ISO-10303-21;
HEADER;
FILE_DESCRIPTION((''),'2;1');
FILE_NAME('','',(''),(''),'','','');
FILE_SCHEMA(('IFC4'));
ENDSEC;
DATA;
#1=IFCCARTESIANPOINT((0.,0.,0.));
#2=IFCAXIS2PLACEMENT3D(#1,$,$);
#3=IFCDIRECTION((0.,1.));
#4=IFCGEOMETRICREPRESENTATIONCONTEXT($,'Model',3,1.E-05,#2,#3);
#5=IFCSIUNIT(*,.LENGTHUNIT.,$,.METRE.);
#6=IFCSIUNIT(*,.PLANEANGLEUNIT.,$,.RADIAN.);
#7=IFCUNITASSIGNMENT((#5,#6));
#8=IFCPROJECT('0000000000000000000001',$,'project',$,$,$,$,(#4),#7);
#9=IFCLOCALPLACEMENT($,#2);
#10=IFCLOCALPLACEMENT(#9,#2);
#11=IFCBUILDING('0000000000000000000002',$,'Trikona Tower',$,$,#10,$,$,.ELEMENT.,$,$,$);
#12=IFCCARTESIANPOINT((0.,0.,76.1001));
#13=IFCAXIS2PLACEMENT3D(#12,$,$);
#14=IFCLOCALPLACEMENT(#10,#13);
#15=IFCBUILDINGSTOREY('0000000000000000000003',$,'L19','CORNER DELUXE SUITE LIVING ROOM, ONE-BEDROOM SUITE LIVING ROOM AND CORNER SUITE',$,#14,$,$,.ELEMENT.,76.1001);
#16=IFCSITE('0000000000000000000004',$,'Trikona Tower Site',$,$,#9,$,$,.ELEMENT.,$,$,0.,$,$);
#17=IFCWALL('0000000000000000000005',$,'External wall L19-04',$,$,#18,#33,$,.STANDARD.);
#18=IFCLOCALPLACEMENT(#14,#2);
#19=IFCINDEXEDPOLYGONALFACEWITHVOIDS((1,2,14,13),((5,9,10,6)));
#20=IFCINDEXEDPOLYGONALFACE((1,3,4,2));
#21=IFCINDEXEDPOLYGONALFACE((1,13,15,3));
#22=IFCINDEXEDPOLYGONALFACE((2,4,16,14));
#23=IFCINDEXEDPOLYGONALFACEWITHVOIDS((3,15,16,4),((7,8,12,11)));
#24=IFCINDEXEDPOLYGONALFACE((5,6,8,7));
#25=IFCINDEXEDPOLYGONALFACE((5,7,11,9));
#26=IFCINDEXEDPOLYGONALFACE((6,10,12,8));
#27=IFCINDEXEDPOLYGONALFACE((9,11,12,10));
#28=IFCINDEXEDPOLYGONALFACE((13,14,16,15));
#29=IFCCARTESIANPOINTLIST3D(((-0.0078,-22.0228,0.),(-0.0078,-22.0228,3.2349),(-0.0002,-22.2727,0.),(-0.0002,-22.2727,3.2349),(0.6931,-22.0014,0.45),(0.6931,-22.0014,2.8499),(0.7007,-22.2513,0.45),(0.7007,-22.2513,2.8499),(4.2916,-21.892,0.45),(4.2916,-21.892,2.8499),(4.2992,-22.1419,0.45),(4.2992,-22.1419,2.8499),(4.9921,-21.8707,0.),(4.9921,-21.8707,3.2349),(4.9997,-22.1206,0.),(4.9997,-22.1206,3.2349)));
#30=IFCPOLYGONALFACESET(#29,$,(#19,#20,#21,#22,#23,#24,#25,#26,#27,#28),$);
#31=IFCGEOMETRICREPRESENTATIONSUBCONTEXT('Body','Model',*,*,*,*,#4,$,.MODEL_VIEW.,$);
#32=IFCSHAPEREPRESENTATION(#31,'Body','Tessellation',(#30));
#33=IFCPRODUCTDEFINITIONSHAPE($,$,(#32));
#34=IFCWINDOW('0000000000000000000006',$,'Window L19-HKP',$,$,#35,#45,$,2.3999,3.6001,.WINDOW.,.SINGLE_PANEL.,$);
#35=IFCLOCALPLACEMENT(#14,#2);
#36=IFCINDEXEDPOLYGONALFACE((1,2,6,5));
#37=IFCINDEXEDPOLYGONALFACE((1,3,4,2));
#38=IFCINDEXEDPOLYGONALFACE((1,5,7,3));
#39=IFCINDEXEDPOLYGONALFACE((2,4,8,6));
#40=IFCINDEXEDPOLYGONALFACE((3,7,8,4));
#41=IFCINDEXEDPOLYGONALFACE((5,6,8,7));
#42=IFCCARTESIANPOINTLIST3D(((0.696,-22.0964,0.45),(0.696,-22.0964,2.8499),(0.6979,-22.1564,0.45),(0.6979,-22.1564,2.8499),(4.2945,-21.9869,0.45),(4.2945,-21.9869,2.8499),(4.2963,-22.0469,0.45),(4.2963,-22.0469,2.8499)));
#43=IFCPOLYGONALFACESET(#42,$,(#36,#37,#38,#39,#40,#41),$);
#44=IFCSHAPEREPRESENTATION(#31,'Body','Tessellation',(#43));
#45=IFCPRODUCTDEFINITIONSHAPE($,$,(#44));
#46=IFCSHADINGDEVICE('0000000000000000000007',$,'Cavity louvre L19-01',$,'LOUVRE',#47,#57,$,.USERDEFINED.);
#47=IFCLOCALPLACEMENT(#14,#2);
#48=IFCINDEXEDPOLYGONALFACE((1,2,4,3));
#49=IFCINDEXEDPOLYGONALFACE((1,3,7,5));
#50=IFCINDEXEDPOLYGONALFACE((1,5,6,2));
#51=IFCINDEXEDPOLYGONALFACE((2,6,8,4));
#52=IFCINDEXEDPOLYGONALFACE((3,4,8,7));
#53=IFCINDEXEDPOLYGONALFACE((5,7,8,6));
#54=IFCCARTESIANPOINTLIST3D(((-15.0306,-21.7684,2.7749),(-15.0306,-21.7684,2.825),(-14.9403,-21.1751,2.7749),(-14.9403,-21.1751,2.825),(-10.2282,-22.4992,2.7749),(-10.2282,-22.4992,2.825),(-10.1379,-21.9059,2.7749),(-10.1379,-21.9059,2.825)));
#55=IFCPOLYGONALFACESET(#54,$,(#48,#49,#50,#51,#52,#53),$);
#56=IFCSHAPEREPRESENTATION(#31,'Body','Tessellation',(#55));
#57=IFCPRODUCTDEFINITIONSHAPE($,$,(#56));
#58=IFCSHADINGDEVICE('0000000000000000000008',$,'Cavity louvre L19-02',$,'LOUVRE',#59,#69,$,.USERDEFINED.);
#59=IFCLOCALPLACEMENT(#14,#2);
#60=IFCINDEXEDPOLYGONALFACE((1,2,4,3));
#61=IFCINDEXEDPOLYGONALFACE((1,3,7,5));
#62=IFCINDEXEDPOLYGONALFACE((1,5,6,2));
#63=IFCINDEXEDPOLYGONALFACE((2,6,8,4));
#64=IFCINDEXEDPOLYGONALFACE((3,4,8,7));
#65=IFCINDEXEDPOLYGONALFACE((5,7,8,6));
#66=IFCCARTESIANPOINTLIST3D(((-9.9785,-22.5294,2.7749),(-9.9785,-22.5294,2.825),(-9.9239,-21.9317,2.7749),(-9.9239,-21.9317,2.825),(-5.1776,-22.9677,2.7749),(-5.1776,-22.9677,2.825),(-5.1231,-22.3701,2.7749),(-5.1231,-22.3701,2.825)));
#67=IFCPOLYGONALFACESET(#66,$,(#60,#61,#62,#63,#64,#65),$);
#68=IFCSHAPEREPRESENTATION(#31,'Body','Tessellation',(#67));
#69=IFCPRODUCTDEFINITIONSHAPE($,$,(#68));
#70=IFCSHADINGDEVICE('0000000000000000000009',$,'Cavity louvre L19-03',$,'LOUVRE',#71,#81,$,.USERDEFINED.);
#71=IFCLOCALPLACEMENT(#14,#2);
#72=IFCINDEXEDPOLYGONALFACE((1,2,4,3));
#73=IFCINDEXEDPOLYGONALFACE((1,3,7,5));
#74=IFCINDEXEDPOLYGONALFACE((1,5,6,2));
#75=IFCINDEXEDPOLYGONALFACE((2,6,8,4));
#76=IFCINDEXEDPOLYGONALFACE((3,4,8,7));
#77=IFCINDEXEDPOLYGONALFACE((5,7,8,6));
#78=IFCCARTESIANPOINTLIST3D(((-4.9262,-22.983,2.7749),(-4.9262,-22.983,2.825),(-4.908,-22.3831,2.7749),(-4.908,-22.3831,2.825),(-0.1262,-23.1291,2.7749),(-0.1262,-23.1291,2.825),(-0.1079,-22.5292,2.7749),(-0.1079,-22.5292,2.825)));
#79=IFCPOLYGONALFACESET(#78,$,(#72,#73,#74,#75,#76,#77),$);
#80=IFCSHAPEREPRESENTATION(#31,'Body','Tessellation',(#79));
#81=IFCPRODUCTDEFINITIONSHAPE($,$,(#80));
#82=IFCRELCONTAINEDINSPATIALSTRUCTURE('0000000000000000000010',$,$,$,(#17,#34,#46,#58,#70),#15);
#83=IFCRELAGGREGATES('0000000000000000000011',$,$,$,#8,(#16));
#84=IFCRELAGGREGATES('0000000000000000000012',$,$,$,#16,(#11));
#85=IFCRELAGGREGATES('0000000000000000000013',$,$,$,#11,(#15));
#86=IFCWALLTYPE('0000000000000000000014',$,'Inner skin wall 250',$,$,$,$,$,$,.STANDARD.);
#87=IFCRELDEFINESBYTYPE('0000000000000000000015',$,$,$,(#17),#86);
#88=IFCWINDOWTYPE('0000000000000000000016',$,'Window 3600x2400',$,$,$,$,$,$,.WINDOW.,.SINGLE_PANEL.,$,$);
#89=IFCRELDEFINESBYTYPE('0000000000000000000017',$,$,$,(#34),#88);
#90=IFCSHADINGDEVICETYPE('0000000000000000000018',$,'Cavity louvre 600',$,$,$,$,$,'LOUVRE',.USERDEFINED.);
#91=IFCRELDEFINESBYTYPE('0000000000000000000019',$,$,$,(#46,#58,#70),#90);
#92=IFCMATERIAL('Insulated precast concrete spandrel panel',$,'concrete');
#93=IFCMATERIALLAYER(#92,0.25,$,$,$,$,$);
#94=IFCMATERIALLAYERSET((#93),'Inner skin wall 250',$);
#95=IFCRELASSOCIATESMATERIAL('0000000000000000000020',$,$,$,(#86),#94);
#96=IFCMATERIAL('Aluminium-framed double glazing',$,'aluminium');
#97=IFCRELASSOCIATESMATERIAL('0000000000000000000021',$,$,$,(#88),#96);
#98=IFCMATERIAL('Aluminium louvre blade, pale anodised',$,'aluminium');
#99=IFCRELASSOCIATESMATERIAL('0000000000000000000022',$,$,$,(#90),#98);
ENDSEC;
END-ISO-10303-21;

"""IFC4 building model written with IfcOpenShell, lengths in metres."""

from ifc_helpers import new_model, si_unit, direction, frame, frame_2d, origin, origin_2d, place, context, subcontext, project, spatial, rectangle, extrude, material, layer, layer_set, type_object, element, fill, save


model = new_model("IFC4")

# Units and contexts
model_context = context("Model", 3, precision=1e-05, world=origin(), true_north=direction((0.0, 1.0)))
body_context = subcontext(model_context, "Body", "Model", "MODEL_VIEW")
ifc_project = project(units=[si_unit("LENGTHUNIT", "METRE"), si_unit("PLANEANGLEUNIT", "RADIAN")], contexts=[model_context])

# Site, building, storey
site_placement = place(None, origin())
site = spatial("IfcSite", under=ifc_project, at=site_placement, Name="Trikona Tower Site", CompositionType="ELEMENT", RefElevation=0.0)
building_placement = place(site_placement, origin())
building = spatial("IfcBuilding", under=site, at=building_placement, Name="Trikona Tower", CompositionType="ELEMENT")
storey_placement = place(building_placement, frame((0.0, 0.0, 76.1001)))
storey = spatial("IfcBuildingStorey", under=building, at=storey_placement, Name="L19", Description="CORNER DELUXE SUITE LIVING ROOM, ONE-BEDROOM SUITE LIVING ROOM AND CORNER SUITE", CompositionType="ELEMENT", Elevation=76.1001)

# Wall, opening, window
ifc_material_1 = material(Name="Insulated precast concrete spandrel panel", Category="concrete")
ifc_layer_1 = layer(ifc_material_1, 0.25)
ifc_layer_set_1 = layer_set([ifc_layer_1], Name="Inner skin wall 250")
wall_type_1 = type_object("IfcWallType", Name="Inner skin wall 250", PredefinedType="STANDARD", material=ifc_layer_set_1)
ifc_material_2 = material(Name="Aluminium-framed double glazing", Category="aluminium")
window_type = type_object("IfcWindowType", Name="Window 3600x2400", PartitioningType="SINGLE_PANEL", PredefinedType="WINDOW", material=ifc_material_2)
wall_1_placement = place(storey_placement, frame((-0.0039, -22.1477, 0.0), z_axis=(0.0, 0.0, 1.0), x_axis=(0.999538, 0.030406, 0.0)))
wall_1 = element("IfcWall", 1, at=wall_1_placement, inside=storey, type_object=wall_type_1, Name="External wall L19-04", PredefinedType="STANDARD", context=body_context, shape_type="SweptSolid", body=[
    extrude(rectangle(XDim=5.0022, YDim=0.25, at=frame_2d((2.501, 0.0))), origin(), (0.0, 0.0, 1.0), 3.2349),
])
opening_1_placement = place(wall_1_placement, frame((0.7012, 0.0, 0.45)))
opening_1 = element("IfcOpeningElement", 2, at=opening_1_placement, cuts=wall_1, PredefinedType="OPENING", context=body_context, shape_type="SweptSolid", body=[
    extrude(rectangle(XDim=3.6001, YDim=2.3999, at=frame_2d((1.8, 1.2))), frame((0.0, 0.135, 0.0), z_axis=(0.0, -1.0, 0.0), x_axis=(1.0, 0.0, 0.0)), (0.0, 0.0, 1.0), 0.27),
])
window_1_placement = place(opening_1_placement, origin())
window_1 = element("IfcWindow", 3, at=window_1_placement, inside=storey, type_object=window_type, Name="Window L19-HKP", OverallHeight=2.3999, OverallWidth=3.6001, PartitioningType="SINGLE_PANEL", PredefinedType="WINDOW", context=body_context, shape_type="SweptSolid", body=[
    extrude(rectangle(XDim=3.6001, YDim=2.3999, at=frame_2d((1.8, 1.2))), frame((0.0, 0.03, 0.0), z_axis=(0.0, -1.0, 0.0), x_axis=(1.0, 0.0, 0.0)), (0.0, 0.0, 1.0), 0.0601),
])
fill(opening_1, window_1)

# Shading devices
ifc_material_3 = material(Name="Aluminium louvre blade, pale anodised", Category="aluminium")
shading_device_type = type_object("IfcShadingDeviceType", Name="Cavity louvre 600", ElementType="LOUVRE", PredefinedType="USERDEFINED", material=ifc_material_3)
shading_device_1_placement = place(storey_placement, frame((-12.5842, -21.8372, 2.7749), z_axis=(0.0, 0.0, 1.0), x_axis=(0.988618, -0.150448, 0.0)))
element("IfcShadingDevice", 4, at=shading_device_1_placement, inside=storey, type_object=shading_device_type, Name="Cavity louvre L19-01", ObjectType="LOUVRE", PredefinedType="USERDEFINED", context=body_context, shape_type="SweptSolid", body=[
    extrude(rectangle(XDim=4.8577, YDim=0.6001, at=origin_2d()), origin(), (0.0, 0.0, 1.0), 0.05),
])
shading_device_2_placement = place(storey_placement, frame((-7.5508, -22.4497, 2.7749), z_axis=(0.0, 0.0, 1.0), x_axis=(0.995858, -0.090921, 0.0)))
element("IfcShadingDevice", 5, at=shading_device_2_placement, inside=storey, type_object=shading_device_type, Name="Cavity louvre L19-02", ObjectType="LOUVRE", PredefinedType="USERDEFINED", context=body_context, shape_type="SweptSolid", body=[
    extrude(rectangle(XDim=4.8208, YDim=0.6001, at=origin_2d()), origin(), (0.0, 0.0, 1.0), 0.05),
])
shading_device_3_placement = place(storey_placement, frame((-2.5171, -22.7561, 2.7749), z_axis=(0.0, 0.0, 1.0), x_axis=(0.999537, -0.030425, 0.0)))
element("IfcShadingDevice", 6, at=shading_device_3_placement, inside=storey, type_object=shading_device_type, Name="Cavity louvre L19-03", ObjectType="LOUVRE", PredefinedType="USERDEFINED", context=body_context, shape_type="SweptSolid", body=[
    extrude(rectangle(XDim=4.8022, YDim=0.6001, at=origin_2d()), origin(), (0.0, 0.0, 1.0), 0.05),
])

save(model, "model.ifc")
